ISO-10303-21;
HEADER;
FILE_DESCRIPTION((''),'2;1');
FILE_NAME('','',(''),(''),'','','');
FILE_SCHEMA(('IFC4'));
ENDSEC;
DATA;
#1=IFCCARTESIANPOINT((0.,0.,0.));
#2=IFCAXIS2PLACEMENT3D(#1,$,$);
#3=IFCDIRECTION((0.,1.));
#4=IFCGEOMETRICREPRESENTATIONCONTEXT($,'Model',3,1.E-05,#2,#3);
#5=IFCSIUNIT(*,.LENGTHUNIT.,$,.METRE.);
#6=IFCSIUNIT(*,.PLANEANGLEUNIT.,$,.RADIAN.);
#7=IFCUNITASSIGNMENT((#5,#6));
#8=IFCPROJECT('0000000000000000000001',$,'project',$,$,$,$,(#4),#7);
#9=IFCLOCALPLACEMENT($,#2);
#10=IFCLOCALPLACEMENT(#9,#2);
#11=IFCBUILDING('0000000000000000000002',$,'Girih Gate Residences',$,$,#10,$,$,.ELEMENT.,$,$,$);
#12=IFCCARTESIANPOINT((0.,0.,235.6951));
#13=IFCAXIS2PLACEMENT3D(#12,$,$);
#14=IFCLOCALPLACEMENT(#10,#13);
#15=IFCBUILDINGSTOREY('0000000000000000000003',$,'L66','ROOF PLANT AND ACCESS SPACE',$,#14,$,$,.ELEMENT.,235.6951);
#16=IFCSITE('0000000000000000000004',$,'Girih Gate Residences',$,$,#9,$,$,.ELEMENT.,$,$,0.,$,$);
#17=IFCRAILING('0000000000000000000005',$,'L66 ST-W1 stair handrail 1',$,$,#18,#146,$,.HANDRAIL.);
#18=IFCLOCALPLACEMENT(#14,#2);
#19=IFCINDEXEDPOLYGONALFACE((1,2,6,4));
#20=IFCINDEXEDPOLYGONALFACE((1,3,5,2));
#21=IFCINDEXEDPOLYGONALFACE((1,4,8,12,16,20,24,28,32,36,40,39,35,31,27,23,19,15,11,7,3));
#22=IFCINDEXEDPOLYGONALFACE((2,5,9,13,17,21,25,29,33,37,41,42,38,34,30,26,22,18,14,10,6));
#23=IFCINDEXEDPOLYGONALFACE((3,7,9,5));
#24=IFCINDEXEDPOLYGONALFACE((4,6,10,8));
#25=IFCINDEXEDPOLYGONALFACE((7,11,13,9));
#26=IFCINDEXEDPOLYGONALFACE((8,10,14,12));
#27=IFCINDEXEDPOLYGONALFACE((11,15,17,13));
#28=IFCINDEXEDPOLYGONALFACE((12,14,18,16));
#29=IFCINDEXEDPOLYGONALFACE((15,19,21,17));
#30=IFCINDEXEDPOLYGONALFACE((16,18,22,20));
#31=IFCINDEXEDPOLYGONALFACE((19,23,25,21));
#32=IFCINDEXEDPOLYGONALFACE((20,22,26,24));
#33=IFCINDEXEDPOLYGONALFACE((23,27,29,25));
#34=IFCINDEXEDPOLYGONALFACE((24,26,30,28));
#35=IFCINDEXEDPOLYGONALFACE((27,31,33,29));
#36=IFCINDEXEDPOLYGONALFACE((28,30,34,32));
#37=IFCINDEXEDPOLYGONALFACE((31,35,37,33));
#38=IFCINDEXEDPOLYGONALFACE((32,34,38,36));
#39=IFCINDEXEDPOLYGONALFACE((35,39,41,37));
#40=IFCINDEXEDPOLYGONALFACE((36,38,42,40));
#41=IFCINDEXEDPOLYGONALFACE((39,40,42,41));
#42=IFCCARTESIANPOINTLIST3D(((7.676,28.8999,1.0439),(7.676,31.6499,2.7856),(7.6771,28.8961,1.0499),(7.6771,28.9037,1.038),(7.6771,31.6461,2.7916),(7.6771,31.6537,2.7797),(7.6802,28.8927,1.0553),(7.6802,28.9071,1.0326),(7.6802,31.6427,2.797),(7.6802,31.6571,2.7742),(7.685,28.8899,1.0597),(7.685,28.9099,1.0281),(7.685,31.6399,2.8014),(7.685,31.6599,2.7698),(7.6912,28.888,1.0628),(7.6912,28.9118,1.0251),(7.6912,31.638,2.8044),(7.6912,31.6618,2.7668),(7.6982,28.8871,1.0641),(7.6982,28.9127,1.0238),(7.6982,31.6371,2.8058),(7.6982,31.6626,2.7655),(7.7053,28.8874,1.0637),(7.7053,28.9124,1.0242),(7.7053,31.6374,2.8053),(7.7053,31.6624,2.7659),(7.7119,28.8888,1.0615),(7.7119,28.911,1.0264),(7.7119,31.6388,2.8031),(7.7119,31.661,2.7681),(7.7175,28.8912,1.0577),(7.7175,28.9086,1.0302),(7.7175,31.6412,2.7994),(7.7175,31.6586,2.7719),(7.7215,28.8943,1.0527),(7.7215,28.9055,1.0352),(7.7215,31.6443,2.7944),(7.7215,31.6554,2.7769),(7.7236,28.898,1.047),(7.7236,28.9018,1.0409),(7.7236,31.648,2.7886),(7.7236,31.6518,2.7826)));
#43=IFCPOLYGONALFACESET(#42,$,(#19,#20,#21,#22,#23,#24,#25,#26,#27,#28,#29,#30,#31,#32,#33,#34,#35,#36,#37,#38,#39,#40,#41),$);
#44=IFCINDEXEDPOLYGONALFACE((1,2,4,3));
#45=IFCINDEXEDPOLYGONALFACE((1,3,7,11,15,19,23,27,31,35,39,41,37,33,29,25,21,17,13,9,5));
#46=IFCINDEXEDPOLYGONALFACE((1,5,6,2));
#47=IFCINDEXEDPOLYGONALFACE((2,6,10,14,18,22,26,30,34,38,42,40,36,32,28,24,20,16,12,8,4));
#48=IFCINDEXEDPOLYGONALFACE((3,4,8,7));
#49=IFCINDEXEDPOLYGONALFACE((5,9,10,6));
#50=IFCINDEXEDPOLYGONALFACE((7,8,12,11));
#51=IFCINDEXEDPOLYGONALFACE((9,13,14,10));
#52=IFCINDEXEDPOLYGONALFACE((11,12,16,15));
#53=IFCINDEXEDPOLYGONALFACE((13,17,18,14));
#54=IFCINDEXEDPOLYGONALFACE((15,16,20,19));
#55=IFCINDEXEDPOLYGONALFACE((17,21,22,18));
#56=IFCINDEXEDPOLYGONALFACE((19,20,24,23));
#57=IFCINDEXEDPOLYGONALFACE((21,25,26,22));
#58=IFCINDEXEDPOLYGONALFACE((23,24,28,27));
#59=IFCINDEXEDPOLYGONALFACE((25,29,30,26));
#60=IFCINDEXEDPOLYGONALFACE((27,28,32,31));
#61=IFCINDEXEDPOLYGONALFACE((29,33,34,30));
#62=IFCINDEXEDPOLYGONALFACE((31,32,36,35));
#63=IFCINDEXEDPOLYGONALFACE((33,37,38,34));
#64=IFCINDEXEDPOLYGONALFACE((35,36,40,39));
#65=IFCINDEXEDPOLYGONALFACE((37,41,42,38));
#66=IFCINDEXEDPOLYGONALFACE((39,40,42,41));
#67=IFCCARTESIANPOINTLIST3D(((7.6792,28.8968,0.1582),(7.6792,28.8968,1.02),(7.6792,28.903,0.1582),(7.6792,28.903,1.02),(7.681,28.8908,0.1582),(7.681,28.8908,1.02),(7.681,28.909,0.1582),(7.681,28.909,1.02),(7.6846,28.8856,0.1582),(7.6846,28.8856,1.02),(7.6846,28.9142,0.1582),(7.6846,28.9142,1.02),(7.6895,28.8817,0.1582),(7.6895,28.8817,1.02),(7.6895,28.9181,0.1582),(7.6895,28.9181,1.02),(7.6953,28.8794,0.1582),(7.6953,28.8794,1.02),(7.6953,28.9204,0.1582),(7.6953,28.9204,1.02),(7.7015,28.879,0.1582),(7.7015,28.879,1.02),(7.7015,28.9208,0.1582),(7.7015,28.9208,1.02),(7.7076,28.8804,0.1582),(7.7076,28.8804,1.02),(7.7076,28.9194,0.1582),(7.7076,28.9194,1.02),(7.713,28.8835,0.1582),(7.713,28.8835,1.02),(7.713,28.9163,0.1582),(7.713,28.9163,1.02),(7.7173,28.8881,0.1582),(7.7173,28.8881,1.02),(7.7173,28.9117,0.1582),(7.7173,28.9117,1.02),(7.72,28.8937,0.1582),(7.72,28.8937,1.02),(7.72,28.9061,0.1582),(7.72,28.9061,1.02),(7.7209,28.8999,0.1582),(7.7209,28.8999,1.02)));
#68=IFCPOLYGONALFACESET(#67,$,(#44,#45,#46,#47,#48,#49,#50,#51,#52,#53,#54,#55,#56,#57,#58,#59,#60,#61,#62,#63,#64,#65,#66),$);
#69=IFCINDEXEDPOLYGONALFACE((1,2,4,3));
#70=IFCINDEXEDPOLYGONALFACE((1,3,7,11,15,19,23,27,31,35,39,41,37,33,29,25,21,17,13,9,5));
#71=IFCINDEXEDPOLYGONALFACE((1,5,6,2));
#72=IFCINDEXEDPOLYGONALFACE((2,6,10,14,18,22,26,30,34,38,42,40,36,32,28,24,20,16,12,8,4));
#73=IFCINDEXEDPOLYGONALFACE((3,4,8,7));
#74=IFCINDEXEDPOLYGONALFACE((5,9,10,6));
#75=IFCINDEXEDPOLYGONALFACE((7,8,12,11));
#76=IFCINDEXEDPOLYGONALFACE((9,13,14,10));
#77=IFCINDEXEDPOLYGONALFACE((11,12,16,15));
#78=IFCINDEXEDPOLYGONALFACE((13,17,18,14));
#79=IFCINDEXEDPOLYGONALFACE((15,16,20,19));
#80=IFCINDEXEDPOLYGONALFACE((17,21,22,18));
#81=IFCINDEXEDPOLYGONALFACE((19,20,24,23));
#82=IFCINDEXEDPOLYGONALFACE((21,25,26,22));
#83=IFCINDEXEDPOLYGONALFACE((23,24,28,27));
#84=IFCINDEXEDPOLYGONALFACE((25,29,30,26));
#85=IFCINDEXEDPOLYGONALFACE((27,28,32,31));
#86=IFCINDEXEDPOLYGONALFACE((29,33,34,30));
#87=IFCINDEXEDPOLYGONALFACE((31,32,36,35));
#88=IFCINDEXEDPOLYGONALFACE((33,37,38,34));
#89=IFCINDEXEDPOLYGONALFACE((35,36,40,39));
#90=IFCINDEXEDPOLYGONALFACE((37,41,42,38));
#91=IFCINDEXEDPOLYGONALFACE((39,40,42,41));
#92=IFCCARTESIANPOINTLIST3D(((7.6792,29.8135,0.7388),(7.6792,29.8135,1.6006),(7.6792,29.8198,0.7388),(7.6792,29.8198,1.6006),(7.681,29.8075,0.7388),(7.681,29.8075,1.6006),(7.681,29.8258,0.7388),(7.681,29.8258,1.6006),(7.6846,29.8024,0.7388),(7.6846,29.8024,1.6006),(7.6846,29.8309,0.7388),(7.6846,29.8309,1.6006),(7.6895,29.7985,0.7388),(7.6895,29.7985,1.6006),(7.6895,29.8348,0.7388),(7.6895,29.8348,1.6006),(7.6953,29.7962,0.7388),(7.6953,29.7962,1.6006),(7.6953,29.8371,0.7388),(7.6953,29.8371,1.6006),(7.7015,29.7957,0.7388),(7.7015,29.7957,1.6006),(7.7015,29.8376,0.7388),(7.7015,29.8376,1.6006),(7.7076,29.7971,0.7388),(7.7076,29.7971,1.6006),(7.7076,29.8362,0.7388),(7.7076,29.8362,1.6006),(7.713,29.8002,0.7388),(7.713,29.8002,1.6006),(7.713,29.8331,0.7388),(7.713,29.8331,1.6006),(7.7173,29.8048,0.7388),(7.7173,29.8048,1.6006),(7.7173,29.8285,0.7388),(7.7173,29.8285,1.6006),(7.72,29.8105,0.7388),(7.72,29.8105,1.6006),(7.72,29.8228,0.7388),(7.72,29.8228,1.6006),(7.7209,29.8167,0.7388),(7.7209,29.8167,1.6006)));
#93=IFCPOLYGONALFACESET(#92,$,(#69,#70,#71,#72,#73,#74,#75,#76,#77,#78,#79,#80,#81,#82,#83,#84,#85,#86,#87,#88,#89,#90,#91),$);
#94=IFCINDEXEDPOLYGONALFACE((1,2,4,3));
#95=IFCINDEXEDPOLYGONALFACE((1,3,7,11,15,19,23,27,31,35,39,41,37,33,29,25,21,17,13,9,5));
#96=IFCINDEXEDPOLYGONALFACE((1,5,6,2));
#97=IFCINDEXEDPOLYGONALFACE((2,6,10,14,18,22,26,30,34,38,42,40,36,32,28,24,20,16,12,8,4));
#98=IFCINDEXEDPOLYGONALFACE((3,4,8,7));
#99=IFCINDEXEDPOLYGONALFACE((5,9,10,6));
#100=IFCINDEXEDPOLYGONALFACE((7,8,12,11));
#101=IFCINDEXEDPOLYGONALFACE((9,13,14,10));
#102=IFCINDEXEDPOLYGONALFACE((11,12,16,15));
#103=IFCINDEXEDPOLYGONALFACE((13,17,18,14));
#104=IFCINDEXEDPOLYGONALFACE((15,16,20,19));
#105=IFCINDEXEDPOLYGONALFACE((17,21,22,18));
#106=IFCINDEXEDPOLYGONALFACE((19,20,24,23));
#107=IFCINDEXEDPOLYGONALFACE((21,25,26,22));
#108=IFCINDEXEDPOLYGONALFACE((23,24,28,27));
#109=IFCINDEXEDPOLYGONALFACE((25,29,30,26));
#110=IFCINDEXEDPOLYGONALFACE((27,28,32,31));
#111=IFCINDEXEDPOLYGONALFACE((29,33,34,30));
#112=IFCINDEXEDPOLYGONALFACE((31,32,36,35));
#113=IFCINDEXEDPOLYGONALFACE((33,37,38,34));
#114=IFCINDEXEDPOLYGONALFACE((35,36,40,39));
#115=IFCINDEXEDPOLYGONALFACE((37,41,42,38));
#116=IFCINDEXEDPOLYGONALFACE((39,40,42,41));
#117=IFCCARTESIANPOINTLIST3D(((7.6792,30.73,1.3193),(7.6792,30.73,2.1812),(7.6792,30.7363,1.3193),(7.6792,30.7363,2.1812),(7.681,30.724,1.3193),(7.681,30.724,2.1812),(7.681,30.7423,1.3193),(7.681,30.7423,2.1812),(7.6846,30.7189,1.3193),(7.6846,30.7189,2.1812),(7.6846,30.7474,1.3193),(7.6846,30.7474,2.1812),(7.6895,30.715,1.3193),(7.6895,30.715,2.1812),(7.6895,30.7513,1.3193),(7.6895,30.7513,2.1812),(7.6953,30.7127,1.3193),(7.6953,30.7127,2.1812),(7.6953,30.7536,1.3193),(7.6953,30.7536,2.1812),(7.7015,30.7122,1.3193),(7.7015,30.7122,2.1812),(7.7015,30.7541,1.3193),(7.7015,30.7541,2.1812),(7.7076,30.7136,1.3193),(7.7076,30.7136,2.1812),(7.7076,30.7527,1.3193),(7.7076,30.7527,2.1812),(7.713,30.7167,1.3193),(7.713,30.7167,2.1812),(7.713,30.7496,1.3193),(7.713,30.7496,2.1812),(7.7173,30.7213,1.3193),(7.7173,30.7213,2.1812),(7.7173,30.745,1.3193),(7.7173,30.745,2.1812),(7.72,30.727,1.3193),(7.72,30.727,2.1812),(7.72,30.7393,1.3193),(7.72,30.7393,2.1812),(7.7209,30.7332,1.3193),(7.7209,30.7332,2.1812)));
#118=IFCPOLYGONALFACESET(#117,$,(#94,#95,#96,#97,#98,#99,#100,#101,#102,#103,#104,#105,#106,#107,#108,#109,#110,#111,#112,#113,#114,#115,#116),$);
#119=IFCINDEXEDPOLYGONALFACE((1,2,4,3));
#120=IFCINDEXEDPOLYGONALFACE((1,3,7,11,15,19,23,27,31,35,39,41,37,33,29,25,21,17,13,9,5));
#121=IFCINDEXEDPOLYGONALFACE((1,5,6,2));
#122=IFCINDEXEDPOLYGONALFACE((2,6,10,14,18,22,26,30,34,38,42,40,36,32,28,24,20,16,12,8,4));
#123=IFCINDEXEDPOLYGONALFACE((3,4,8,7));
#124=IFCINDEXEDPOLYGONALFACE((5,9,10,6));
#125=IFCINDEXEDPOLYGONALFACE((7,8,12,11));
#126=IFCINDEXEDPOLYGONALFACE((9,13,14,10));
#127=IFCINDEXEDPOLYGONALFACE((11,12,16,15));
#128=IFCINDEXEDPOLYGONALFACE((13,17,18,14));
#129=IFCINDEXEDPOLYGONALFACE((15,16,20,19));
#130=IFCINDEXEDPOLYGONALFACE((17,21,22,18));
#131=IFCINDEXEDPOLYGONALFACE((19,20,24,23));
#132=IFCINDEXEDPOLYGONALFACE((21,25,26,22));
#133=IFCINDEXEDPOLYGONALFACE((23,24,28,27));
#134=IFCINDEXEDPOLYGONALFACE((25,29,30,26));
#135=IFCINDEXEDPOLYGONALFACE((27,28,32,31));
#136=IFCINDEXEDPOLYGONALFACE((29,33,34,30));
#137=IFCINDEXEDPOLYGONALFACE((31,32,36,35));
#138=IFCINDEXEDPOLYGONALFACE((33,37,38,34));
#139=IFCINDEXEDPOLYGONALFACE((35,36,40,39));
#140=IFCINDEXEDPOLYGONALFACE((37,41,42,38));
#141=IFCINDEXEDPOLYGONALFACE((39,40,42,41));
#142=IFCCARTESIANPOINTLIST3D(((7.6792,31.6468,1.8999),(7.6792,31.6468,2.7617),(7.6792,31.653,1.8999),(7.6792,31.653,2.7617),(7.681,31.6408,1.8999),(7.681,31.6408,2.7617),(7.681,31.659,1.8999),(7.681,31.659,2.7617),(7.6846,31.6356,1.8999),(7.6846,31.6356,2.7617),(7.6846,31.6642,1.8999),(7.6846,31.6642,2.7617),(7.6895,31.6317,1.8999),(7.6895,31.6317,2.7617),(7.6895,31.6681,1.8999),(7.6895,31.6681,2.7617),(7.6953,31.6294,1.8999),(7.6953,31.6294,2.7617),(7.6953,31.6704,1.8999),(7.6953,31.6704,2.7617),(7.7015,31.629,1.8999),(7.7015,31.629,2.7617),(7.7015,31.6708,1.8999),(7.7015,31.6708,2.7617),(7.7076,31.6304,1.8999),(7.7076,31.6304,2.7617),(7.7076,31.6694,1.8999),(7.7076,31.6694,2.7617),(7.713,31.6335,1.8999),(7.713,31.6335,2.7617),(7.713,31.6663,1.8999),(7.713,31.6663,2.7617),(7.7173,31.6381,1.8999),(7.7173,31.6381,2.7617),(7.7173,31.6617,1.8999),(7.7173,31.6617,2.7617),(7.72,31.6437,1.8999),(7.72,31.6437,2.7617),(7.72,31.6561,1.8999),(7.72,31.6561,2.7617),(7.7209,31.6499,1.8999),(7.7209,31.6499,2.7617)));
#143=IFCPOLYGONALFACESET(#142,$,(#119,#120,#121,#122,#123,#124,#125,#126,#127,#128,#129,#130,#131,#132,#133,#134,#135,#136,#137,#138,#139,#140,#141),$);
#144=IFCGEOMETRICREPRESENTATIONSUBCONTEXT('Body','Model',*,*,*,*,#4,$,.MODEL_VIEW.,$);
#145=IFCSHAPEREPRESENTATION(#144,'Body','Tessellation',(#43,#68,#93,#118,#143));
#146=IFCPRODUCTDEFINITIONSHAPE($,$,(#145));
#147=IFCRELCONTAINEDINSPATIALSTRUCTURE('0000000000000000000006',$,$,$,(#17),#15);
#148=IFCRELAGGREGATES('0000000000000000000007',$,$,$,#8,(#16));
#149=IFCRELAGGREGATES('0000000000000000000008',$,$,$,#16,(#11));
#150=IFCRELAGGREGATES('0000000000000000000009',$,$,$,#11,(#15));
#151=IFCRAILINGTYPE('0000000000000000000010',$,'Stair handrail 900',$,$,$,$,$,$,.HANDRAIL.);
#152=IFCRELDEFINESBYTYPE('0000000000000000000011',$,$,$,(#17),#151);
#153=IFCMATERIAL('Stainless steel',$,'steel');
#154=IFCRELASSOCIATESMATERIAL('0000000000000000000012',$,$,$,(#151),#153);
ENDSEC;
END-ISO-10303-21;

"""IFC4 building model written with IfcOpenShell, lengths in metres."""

from ifc_helpers import new_model, si_unit, direction, frame, origin, origin_2d, place, context, subcontext, project, spatial, circle, extrude, material, type_object, element, save


model = new_model("IFC4")

# Units and contexts
model_context = context("Model", 3, precision=1e-05, world=origin(), true_north=direction((0.0, 1.0)))
body_context = subcontext(model_context, "Body", "Model", "MODEL_VIEW")
ifc_project = project(units=[si_unit("LENGTHUNIT", "METRE"), si_unit("PLANEANGLEUNIT", "RADIAN")], contexts=[model_context])

# Site, building, storey
site_placement = place(None, origin())
site = spatial("IfcSite", under=ifc_project, at=site_placement, Name="Girih Gate Residences", CompositionType="ELEMENT", RefElevation=0.0)
building_placement = place(site_placement, origin())
building = spatial("IfcBuilding", under=site, at=building_placement, Name="Girih Gate Residences", CompositionType="ELEMENT")
storey_placement = place(building_placement, frame((0.0, 0.0, 235.6951)))
storey = spatial("IfcBuildingStorey", under=building, at=storey_placement, Name="L66", Description="ROOF PLANT AND ACCESS SPACE", CompositionType="ELEMENT", Elevation=235.6951)

# Railing
ifc_material_1 = material(Name="Stainless steel", Category="steel")
railing_type_1 = type_object("IfcRailingType", Name="Stair handrail 900", PredefinedType="HANDRAIL", material=ifc_material_1)
for number, where, name in (
    (1, (7.7, 28.8999, 0.1582), "L66 ST-W1 stair handrail 1"),
):
    element("IfcRailing", number, at=place(storey_placement, frame(where)), inside=storey, type_object=railing_type_1, Name=name, PredefinedType="HANDRAIL", context=body_context, shape_type="SweptSolid", body=[
        extrude(circle(Radius=0.0239, at=origin_2d()), frame((0.0, 0.0, 0.8857), z_axis=(0.0, 0.844815, 0.535059), x_axis=(-1.0, 0.0, 0.0)), (0.0, 0.0, 1.0), 3.2551),
        extrude(circle(Radius=0.021, at=origin_2d()), origin(), (0.0, 0.0, 1.0), 0.8618),
        extrude(circle(Radius=0.021, at=origin_2d()), frame((0.0, 0.9167, 0.5806)), (0.0, 0.0, 1.0), 0.8618),
        extrude(circle(Radius=0.021, at=origin_2d()), frame((0.0, 1.8333, 1.1611)), (0.0, 0.0, 1.0), 0.8618),
        extrude(circle(Radius=0.021, at=origin_2d()), frame((0.0, 2.75, 1.7417)), (0.0, 0.0, 1.0), 0.8618),
    ])

save(model, "model.ifc")
